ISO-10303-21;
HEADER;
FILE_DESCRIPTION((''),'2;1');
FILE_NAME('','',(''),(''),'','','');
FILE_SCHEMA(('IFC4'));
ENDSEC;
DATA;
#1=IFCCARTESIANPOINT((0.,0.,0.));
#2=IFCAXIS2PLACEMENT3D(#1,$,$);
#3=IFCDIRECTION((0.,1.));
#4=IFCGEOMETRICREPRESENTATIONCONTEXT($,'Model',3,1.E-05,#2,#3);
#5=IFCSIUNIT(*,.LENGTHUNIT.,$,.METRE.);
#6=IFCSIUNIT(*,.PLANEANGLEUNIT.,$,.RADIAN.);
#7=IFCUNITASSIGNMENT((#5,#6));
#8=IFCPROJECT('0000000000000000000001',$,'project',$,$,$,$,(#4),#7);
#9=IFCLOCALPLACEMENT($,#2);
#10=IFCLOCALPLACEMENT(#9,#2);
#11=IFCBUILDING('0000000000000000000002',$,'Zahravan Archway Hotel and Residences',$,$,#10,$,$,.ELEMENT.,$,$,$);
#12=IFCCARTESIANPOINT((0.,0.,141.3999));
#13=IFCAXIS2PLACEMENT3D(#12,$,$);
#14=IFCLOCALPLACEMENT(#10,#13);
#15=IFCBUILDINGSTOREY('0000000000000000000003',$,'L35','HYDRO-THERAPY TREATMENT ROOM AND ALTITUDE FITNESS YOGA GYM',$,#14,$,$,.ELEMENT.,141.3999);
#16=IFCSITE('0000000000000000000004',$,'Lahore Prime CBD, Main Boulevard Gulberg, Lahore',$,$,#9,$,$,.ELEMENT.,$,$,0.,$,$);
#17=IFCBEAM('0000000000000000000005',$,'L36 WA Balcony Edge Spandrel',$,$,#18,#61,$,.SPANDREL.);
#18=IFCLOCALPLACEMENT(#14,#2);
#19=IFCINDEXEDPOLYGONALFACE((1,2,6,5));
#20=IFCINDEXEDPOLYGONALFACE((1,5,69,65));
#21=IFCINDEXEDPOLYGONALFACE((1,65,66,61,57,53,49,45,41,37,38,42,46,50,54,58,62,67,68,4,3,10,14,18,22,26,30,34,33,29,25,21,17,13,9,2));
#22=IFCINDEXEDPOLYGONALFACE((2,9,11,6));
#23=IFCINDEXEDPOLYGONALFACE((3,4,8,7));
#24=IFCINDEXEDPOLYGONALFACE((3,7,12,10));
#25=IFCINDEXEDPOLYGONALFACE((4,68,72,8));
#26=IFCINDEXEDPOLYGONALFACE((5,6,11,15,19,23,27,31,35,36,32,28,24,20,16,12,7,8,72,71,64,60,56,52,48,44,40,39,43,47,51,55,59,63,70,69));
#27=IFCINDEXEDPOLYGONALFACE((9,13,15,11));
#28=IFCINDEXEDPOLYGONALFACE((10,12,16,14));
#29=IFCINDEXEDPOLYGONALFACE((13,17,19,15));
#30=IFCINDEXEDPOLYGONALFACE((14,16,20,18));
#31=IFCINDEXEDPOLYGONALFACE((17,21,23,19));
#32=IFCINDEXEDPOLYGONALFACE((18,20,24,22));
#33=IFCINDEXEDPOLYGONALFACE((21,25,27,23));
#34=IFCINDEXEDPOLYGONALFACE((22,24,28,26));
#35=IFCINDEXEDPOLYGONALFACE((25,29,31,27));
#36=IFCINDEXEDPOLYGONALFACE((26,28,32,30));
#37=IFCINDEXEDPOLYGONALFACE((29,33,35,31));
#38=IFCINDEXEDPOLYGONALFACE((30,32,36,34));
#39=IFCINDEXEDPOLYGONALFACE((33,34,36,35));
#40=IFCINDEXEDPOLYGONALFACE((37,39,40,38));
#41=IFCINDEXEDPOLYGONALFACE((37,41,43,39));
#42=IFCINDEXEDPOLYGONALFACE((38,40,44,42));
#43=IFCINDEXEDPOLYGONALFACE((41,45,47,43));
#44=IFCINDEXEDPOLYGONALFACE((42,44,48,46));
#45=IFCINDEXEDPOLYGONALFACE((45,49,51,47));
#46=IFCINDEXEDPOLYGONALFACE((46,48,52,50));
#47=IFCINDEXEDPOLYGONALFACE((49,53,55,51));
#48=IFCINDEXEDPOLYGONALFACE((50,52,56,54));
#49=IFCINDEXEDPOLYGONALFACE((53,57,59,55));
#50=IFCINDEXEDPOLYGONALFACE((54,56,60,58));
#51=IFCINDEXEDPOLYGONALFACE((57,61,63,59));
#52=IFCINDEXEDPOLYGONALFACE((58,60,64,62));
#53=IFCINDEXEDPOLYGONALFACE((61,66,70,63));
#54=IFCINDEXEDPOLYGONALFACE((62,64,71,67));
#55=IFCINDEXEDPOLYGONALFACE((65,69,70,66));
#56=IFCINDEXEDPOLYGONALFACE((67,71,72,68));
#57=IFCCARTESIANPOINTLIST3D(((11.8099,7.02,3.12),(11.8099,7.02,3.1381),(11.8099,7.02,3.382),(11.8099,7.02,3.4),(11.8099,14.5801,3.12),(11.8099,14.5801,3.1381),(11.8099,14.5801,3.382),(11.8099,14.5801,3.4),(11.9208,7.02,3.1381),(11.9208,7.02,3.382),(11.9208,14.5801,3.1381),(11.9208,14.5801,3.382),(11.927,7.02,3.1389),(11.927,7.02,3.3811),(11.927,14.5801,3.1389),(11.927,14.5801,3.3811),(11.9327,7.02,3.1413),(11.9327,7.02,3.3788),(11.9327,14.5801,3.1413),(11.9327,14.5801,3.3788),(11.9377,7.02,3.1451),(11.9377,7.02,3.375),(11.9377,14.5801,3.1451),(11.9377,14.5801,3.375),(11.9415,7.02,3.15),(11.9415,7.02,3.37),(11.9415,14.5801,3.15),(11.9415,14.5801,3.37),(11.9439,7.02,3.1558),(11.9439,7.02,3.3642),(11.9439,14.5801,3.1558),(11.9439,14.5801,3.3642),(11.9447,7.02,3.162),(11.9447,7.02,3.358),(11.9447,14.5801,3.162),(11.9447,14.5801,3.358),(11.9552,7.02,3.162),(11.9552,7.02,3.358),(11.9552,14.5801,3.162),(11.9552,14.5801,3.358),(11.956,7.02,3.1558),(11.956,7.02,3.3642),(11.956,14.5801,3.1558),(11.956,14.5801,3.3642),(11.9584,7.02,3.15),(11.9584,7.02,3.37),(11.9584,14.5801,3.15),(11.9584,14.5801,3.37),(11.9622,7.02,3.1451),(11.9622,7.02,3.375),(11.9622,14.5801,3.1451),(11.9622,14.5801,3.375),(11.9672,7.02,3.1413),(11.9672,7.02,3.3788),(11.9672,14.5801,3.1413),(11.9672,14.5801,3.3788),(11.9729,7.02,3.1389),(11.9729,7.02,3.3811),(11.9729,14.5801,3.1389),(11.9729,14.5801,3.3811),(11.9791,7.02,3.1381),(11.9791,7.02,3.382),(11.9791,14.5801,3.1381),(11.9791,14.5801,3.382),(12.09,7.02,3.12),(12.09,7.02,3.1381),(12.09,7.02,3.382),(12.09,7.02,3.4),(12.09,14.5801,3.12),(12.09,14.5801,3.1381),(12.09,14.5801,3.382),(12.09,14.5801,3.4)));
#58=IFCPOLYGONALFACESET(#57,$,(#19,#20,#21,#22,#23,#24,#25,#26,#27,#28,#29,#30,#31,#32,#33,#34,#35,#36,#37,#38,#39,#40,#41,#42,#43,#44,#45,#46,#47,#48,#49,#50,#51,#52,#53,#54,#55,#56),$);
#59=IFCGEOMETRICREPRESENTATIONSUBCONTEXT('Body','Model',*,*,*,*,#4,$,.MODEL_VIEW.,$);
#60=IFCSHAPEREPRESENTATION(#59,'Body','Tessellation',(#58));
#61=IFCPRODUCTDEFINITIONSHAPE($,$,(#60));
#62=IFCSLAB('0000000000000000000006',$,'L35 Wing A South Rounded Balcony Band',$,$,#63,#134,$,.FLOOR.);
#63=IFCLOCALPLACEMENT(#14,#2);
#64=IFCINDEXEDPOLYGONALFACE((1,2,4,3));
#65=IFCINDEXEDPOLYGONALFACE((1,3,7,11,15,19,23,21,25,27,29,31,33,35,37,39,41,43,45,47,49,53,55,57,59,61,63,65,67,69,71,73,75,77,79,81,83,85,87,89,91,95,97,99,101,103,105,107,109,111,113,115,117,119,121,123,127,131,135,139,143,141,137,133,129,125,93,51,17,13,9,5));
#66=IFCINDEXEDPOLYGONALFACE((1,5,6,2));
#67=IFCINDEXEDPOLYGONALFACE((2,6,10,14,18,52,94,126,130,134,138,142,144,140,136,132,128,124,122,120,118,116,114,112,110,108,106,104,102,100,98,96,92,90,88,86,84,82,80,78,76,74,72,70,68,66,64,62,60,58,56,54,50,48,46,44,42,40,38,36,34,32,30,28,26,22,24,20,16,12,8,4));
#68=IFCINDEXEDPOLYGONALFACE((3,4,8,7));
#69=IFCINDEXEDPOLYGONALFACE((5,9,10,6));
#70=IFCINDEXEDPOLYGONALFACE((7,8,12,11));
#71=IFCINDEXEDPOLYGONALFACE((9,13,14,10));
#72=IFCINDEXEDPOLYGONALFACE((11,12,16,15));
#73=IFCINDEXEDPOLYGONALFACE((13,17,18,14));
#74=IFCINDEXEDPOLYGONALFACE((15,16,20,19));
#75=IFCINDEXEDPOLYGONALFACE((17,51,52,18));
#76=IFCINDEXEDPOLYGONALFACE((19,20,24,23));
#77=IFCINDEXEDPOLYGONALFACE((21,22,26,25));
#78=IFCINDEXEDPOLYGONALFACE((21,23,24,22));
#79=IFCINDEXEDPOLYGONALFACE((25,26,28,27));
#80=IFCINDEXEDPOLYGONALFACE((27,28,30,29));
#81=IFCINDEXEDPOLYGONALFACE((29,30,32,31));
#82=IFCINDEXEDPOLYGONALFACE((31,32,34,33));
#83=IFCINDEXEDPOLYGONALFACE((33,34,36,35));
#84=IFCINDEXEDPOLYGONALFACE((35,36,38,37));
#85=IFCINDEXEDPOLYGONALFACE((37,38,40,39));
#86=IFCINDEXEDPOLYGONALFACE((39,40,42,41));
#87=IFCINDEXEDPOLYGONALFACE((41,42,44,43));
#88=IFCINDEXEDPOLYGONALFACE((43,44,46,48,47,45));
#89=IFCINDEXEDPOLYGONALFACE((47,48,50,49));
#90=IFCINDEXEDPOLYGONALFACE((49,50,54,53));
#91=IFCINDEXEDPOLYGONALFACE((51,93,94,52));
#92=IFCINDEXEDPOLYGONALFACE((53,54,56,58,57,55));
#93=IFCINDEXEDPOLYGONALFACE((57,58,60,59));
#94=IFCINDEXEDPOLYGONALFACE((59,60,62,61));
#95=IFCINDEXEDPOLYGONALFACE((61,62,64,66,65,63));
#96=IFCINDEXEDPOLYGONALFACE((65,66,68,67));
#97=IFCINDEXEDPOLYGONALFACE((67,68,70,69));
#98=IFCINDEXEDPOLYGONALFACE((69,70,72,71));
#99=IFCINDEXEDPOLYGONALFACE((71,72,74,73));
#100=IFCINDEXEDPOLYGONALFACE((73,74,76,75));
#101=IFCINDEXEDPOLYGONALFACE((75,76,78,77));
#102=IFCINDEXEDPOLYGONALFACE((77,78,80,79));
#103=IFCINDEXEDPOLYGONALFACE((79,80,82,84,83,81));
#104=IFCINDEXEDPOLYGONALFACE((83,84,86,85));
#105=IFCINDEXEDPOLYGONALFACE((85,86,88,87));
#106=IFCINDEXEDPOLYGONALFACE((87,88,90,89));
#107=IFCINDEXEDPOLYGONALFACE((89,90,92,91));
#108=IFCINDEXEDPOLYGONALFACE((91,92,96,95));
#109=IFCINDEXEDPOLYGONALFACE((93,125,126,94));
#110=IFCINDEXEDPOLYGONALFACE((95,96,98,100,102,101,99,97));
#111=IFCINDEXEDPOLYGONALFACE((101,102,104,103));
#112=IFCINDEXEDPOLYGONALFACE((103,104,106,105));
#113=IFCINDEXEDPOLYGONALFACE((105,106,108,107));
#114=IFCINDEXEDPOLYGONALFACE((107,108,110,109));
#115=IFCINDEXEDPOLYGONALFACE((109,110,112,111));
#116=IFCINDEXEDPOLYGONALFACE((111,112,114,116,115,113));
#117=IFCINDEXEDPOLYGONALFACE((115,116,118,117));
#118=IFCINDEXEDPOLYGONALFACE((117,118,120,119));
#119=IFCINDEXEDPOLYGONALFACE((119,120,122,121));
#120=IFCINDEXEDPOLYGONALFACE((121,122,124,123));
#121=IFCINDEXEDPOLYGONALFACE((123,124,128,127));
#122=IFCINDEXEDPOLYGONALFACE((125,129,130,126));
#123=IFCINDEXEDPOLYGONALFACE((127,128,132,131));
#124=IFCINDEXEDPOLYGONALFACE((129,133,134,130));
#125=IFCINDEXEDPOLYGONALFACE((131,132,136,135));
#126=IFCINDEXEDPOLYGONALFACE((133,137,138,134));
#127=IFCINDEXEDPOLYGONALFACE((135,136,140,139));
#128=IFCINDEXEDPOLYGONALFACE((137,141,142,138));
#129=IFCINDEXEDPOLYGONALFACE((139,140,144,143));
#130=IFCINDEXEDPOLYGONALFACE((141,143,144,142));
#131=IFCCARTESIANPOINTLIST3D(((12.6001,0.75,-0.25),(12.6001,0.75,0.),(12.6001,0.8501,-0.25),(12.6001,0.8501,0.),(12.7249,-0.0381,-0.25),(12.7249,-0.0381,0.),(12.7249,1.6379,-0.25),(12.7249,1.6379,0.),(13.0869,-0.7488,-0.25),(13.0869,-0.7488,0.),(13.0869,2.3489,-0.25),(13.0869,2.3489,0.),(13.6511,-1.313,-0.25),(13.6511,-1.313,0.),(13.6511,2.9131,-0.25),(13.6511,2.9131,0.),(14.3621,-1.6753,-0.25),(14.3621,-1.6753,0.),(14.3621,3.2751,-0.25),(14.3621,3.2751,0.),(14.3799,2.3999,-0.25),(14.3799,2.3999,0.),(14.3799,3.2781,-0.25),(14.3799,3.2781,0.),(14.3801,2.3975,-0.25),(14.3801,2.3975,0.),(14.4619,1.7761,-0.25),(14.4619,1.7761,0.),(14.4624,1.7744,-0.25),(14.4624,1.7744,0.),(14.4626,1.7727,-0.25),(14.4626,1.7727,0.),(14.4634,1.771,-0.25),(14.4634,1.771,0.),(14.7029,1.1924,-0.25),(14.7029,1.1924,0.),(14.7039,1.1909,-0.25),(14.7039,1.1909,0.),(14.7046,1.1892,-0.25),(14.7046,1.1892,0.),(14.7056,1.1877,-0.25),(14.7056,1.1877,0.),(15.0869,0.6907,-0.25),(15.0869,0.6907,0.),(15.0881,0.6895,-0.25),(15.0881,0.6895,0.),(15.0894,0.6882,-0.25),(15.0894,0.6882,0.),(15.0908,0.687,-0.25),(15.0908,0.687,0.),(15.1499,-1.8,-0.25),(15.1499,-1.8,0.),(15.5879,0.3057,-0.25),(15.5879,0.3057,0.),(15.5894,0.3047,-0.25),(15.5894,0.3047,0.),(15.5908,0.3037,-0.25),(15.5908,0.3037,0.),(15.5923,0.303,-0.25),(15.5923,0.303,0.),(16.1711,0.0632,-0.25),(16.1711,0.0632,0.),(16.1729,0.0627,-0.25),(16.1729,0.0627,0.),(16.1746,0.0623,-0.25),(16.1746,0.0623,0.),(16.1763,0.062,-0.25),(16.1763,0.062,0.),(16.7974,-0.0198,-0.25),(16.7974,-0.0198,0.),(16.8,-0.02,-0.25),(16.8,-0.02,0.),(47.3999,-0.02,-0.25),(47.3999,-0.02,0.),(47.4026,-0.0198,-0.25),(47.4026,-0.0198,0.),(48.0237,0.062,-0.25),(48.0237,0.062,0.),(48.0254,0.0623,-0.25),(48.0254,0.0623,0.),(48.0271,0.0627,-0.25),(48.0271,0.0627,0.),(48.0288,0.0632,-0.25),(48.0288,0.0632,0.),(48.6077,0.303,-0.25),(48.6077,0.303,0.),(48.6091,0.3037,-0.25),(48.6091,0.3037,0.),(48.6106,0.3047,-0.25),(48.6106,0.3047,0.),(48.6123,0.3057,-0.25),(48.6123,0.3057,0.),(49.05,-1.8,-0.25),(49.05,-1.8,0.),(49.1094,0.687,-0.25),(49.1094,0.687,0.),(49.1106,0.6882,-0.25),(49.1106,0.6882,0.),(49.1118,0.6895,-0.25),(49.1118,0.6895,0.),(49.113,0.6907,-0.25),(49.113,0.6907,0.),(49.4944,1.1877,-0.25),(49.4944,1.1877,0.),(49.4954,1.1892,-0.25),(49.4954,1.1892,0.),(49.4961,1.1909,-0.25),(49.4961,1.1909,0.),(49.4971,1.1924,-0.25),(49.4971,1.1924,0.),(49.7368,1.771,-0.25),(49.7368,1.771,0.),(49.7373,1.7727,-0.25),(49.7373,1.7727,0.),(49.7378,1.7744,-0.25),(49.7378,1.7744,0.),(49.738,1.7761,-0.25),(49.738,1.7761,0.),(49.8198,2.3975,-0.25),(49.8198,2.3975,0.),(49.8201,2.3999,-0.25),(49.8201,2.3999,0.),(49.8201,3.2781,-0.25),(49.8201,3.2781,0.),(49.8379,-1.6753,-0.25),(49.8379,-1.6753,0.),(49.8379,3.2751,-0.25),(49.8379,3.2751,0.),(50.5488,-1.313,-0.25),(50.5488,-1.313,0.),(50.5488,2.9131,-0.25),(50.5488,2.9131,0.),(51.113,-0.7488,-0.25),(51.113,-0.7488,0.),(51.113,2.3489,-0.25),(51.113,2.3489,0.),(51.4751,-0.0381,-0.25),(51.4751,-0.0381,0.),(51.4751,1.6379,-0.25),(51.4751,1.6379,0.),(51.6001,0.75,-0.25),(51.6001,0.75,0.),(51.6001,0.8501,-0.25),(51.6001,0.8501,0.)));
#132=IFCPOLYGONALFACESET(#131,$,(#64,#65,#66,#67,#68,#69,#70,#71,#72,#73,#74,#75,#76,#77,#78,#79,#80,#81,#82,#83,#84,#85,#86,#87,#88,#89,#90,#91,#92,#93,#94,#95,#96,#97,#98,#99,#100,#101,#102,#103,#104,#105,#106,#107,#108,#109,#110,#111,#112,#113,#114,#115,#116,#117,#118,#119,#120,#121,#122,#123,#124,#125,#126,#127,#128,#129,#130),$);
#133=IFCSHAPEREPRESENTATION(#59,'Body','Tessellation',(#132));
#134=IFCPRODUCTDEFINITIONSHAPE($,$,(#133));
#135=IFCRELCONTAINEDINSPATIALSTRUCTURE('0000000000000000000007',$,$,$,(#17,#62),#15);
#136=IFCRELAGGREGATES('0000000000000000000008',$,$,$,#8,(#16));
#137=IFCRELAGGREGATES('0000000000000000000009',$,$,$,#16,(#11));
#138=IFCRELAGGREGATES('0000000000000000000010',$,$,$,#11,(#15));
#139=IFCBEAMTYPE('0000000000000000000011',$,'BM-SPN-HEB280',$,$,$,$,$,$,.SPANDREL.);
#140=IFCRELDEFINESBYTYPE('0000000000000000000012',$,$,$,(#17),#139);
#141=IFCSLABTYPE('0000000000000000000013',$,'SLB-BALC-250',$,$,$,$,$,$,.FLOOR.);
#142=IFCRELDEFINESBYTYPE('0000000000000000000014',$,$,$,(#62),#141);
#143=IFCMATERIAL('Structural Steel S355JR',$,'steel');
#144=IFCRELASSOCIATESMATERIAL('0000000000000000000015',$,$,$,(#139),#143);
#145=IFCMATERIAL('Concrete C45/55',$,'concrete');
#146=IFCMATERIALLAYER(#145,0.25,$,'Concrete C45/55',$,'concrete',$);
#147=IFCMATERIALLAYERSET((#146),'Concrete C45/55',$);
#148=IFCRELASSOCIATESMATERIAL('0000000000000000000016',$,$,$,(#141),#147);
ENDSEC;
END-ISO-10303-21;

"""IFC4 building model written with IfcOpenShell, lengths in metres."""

from ifc_helpers import new_model, si_unit, direction, frame, origin, origin_2d, place, context, subcontext, project, spatial, polyline, i_section, outline, extrude, source, transform, mapped, material, layer, layer_set, material_profile, profile_set, type_object, type_shapes, element, save


model = new_model("IFC4")

# Units and contexts
model_context = context("Model", 3, precision=1e-05, world=origin(), true_north=direction((0.0, 1.0)))
body_context = subcontext(model_context, "Body", "Model", "MODEL_VIEW")
ifc_project = project(units=[si_unit("LENGTHUNIT", "METRE"), si_unit("PLANEANGLEUNIT", "RADIAN")], contexts=[model_context])

# Site, building, storey
site_placement = place(None, origin())
site = spatial("IfcSite", under=ifc_project, at=site_placement, Name="Lahore Prime CBD, Main Boulevard Gulberg, Lahore", CompositionType="ELEMENT", RefElevation=0.0)
building_placement = place(site_placement, origin())
building = spatial("IfcBuilding", under=site, at=building_placement, Name="Zahravan Archway Hotel and Residences", CompositionType="ELEMENT")
storey_placement = place(building_placement, frame((0.0, 0.0, 141.3999)))
storey = spatial("IfcBuildingStorey", under=building, at=storey_placement, Name="L35", Description="HYDRO-THERAPY TREATMENT ROOM AND ALTITUDE FITNESS YOGA GYM", CompositionType="ELEMENT", Elevation=141.3999)

# Beam
ifc_material_1 = material(Name="Structural Steel S355JR", Category="steel")
ifc_material_profile = material_profile(ifc_material_1, i_section(OverallWidth=0.28, OverallDepth=0.28, WebThickness=0.0105, FlangeThickness=0.0181, FilletRadius=0.0239, at=origin_2d()), Name="HEB 280", Category="steel")
ifc_profile_set = profile_set([ifc_material_profile], Name="Structural Steel S355JR")
beam_type = type_object("IfcBeamType", Name="BM-SPN-HEB280", PredefinedType="SPANDREL", material=ifc_profile_set)
shared_shape = source(origin(), body_context, "Body", "SweptSolid", [
    extrude(i_section(OverallWidth=0.28, OverallDepth=0.28, WebThickness=0.0105, FlangeThickness=0.0181, FilletRadius=0.0239, at=origin_2d()), origin(), (0.0, 0.0, 1.0), 7.5601),
])
type_shapes(beam_type, [shared_shape])
beam_placement = place(storey_placement, frame((11.95, 7.02, 3.26), z_axis=(0.0, 1.0, 0.0), x_axis=(-1.0, 0.0, 0.0)))
element("IfcBeam", 1, at=beam_placement, inside=storey, type_object=beam_type, Name="L36 WA Balcony Edge Spandrel", PredefinedType="SPANDREL", context=body_context, shape_type="MappedRepresentation", body=[
    mapped(shared_shape, transform((0.0, 0.0, 0.0), scale=1.0)),
])

# Slab
ifc_material_2 = material(Name="Concrete C45/55", Category="concrete")
ifc_layer_1 = layer(ifc_material_2, 0.25, Name="Concrete C45/55", Category="concrete")
ifc_layer_set_1 = layer_set([ifc_layer_1], Name="Concrete C45/55")
slab_type_1 = type_object("IfcSlabType", Name="SLB-BALC-250", PredefinedType="FLOOR", material=ifc_layer_set_1)
slab_1_placement = place(storey_placement, frame((0.0, 0.0, -0.25)))
element("IfcSlab", 2, at=slab_1_placement, inside=storey, type_object=slab_type_1, Name="L35 Wing A South Rounded Balcony Band", PredefinedType="FLOOR", context=body_context, shape_type="SweptSolid", body=[
    extrude(outline(polyline([(49.8379, 3.2751), (50.5488, 2.9131), (51.113, 2.3489), (51.4751, 1.6379), (51.6001, 0.8501), (51.6001, 0.75), (51.4751, -0.0381), (51.113, -0.7488), (50.5488, -1.313), (49.8379, -1.6753), (49.05, -1.8), (15.1499, -1.8), (14.3621, -1.6753), (13.6511, -1.313), (13.0869, -0.7488), (12.7249, -0.0381), (12.6001, 0.75), (12.6001, 0.8501), (12.7249, 1.6379), (13.0869, 2.3489), (13.6511, 2.9131), (14.3621, 3.2751), (14.3799, 3.2781), (14.3799, 2.3999), (14.3801, 2.3975), (14.4619, 1.7761), (14.4624, 1.7744), (14.4626, 1.7727), (14.4634, 1.771), (14.7029, 1.1924), (14.7039, 1.1909), (14.7046, 1.1892), (14.7056, 1.1877), (15.0869, 0.6907), (15.0881, 0.6895), (15.0894, 0.6882), (15.0908, 0.687), (15.5879, 0.3057), (15.5894, 0.3047), (15.5908, 0.3037), (15.5923, 0.303), (16.1711, 0.0632), (16.1729, 0.0627), (16.1746, 0.0623), (16.1763, 0.062), (16.7974, -0.0198), (16.8, -0.02), (47.3999, -0.02), (47.4026, -0.0198), (48.0237, 0.062), (48.0254, 0.0623), (48.0271, 0.0627), (48.0288, 0.0632), (48.6077, 0.303), (48.6091, 0.3037), (48.6106, 0.3047), (48.6123, 0.3057), (49.1094, 0.687), (49.1106, 0.6882), (49.1118, 0.6895), (49.113, 0.6907), (49.4944, 1.1877), (49.4954, 1.1892), (49.4961, 1.1909), (49.4971, 1.1924), (49.7368, 1.771), (49.7373, 1.7727), (49.7378, 1.7744), (49.738, 1.7761), (49.8198, 2.3975), (49.8201, 2.3999), (49.8201, 3.2781), (49.8379, 3.2751)])), origin(), (0.0, 0.0, 1.0), 0.25),
])

save(model, "model.ifc")
